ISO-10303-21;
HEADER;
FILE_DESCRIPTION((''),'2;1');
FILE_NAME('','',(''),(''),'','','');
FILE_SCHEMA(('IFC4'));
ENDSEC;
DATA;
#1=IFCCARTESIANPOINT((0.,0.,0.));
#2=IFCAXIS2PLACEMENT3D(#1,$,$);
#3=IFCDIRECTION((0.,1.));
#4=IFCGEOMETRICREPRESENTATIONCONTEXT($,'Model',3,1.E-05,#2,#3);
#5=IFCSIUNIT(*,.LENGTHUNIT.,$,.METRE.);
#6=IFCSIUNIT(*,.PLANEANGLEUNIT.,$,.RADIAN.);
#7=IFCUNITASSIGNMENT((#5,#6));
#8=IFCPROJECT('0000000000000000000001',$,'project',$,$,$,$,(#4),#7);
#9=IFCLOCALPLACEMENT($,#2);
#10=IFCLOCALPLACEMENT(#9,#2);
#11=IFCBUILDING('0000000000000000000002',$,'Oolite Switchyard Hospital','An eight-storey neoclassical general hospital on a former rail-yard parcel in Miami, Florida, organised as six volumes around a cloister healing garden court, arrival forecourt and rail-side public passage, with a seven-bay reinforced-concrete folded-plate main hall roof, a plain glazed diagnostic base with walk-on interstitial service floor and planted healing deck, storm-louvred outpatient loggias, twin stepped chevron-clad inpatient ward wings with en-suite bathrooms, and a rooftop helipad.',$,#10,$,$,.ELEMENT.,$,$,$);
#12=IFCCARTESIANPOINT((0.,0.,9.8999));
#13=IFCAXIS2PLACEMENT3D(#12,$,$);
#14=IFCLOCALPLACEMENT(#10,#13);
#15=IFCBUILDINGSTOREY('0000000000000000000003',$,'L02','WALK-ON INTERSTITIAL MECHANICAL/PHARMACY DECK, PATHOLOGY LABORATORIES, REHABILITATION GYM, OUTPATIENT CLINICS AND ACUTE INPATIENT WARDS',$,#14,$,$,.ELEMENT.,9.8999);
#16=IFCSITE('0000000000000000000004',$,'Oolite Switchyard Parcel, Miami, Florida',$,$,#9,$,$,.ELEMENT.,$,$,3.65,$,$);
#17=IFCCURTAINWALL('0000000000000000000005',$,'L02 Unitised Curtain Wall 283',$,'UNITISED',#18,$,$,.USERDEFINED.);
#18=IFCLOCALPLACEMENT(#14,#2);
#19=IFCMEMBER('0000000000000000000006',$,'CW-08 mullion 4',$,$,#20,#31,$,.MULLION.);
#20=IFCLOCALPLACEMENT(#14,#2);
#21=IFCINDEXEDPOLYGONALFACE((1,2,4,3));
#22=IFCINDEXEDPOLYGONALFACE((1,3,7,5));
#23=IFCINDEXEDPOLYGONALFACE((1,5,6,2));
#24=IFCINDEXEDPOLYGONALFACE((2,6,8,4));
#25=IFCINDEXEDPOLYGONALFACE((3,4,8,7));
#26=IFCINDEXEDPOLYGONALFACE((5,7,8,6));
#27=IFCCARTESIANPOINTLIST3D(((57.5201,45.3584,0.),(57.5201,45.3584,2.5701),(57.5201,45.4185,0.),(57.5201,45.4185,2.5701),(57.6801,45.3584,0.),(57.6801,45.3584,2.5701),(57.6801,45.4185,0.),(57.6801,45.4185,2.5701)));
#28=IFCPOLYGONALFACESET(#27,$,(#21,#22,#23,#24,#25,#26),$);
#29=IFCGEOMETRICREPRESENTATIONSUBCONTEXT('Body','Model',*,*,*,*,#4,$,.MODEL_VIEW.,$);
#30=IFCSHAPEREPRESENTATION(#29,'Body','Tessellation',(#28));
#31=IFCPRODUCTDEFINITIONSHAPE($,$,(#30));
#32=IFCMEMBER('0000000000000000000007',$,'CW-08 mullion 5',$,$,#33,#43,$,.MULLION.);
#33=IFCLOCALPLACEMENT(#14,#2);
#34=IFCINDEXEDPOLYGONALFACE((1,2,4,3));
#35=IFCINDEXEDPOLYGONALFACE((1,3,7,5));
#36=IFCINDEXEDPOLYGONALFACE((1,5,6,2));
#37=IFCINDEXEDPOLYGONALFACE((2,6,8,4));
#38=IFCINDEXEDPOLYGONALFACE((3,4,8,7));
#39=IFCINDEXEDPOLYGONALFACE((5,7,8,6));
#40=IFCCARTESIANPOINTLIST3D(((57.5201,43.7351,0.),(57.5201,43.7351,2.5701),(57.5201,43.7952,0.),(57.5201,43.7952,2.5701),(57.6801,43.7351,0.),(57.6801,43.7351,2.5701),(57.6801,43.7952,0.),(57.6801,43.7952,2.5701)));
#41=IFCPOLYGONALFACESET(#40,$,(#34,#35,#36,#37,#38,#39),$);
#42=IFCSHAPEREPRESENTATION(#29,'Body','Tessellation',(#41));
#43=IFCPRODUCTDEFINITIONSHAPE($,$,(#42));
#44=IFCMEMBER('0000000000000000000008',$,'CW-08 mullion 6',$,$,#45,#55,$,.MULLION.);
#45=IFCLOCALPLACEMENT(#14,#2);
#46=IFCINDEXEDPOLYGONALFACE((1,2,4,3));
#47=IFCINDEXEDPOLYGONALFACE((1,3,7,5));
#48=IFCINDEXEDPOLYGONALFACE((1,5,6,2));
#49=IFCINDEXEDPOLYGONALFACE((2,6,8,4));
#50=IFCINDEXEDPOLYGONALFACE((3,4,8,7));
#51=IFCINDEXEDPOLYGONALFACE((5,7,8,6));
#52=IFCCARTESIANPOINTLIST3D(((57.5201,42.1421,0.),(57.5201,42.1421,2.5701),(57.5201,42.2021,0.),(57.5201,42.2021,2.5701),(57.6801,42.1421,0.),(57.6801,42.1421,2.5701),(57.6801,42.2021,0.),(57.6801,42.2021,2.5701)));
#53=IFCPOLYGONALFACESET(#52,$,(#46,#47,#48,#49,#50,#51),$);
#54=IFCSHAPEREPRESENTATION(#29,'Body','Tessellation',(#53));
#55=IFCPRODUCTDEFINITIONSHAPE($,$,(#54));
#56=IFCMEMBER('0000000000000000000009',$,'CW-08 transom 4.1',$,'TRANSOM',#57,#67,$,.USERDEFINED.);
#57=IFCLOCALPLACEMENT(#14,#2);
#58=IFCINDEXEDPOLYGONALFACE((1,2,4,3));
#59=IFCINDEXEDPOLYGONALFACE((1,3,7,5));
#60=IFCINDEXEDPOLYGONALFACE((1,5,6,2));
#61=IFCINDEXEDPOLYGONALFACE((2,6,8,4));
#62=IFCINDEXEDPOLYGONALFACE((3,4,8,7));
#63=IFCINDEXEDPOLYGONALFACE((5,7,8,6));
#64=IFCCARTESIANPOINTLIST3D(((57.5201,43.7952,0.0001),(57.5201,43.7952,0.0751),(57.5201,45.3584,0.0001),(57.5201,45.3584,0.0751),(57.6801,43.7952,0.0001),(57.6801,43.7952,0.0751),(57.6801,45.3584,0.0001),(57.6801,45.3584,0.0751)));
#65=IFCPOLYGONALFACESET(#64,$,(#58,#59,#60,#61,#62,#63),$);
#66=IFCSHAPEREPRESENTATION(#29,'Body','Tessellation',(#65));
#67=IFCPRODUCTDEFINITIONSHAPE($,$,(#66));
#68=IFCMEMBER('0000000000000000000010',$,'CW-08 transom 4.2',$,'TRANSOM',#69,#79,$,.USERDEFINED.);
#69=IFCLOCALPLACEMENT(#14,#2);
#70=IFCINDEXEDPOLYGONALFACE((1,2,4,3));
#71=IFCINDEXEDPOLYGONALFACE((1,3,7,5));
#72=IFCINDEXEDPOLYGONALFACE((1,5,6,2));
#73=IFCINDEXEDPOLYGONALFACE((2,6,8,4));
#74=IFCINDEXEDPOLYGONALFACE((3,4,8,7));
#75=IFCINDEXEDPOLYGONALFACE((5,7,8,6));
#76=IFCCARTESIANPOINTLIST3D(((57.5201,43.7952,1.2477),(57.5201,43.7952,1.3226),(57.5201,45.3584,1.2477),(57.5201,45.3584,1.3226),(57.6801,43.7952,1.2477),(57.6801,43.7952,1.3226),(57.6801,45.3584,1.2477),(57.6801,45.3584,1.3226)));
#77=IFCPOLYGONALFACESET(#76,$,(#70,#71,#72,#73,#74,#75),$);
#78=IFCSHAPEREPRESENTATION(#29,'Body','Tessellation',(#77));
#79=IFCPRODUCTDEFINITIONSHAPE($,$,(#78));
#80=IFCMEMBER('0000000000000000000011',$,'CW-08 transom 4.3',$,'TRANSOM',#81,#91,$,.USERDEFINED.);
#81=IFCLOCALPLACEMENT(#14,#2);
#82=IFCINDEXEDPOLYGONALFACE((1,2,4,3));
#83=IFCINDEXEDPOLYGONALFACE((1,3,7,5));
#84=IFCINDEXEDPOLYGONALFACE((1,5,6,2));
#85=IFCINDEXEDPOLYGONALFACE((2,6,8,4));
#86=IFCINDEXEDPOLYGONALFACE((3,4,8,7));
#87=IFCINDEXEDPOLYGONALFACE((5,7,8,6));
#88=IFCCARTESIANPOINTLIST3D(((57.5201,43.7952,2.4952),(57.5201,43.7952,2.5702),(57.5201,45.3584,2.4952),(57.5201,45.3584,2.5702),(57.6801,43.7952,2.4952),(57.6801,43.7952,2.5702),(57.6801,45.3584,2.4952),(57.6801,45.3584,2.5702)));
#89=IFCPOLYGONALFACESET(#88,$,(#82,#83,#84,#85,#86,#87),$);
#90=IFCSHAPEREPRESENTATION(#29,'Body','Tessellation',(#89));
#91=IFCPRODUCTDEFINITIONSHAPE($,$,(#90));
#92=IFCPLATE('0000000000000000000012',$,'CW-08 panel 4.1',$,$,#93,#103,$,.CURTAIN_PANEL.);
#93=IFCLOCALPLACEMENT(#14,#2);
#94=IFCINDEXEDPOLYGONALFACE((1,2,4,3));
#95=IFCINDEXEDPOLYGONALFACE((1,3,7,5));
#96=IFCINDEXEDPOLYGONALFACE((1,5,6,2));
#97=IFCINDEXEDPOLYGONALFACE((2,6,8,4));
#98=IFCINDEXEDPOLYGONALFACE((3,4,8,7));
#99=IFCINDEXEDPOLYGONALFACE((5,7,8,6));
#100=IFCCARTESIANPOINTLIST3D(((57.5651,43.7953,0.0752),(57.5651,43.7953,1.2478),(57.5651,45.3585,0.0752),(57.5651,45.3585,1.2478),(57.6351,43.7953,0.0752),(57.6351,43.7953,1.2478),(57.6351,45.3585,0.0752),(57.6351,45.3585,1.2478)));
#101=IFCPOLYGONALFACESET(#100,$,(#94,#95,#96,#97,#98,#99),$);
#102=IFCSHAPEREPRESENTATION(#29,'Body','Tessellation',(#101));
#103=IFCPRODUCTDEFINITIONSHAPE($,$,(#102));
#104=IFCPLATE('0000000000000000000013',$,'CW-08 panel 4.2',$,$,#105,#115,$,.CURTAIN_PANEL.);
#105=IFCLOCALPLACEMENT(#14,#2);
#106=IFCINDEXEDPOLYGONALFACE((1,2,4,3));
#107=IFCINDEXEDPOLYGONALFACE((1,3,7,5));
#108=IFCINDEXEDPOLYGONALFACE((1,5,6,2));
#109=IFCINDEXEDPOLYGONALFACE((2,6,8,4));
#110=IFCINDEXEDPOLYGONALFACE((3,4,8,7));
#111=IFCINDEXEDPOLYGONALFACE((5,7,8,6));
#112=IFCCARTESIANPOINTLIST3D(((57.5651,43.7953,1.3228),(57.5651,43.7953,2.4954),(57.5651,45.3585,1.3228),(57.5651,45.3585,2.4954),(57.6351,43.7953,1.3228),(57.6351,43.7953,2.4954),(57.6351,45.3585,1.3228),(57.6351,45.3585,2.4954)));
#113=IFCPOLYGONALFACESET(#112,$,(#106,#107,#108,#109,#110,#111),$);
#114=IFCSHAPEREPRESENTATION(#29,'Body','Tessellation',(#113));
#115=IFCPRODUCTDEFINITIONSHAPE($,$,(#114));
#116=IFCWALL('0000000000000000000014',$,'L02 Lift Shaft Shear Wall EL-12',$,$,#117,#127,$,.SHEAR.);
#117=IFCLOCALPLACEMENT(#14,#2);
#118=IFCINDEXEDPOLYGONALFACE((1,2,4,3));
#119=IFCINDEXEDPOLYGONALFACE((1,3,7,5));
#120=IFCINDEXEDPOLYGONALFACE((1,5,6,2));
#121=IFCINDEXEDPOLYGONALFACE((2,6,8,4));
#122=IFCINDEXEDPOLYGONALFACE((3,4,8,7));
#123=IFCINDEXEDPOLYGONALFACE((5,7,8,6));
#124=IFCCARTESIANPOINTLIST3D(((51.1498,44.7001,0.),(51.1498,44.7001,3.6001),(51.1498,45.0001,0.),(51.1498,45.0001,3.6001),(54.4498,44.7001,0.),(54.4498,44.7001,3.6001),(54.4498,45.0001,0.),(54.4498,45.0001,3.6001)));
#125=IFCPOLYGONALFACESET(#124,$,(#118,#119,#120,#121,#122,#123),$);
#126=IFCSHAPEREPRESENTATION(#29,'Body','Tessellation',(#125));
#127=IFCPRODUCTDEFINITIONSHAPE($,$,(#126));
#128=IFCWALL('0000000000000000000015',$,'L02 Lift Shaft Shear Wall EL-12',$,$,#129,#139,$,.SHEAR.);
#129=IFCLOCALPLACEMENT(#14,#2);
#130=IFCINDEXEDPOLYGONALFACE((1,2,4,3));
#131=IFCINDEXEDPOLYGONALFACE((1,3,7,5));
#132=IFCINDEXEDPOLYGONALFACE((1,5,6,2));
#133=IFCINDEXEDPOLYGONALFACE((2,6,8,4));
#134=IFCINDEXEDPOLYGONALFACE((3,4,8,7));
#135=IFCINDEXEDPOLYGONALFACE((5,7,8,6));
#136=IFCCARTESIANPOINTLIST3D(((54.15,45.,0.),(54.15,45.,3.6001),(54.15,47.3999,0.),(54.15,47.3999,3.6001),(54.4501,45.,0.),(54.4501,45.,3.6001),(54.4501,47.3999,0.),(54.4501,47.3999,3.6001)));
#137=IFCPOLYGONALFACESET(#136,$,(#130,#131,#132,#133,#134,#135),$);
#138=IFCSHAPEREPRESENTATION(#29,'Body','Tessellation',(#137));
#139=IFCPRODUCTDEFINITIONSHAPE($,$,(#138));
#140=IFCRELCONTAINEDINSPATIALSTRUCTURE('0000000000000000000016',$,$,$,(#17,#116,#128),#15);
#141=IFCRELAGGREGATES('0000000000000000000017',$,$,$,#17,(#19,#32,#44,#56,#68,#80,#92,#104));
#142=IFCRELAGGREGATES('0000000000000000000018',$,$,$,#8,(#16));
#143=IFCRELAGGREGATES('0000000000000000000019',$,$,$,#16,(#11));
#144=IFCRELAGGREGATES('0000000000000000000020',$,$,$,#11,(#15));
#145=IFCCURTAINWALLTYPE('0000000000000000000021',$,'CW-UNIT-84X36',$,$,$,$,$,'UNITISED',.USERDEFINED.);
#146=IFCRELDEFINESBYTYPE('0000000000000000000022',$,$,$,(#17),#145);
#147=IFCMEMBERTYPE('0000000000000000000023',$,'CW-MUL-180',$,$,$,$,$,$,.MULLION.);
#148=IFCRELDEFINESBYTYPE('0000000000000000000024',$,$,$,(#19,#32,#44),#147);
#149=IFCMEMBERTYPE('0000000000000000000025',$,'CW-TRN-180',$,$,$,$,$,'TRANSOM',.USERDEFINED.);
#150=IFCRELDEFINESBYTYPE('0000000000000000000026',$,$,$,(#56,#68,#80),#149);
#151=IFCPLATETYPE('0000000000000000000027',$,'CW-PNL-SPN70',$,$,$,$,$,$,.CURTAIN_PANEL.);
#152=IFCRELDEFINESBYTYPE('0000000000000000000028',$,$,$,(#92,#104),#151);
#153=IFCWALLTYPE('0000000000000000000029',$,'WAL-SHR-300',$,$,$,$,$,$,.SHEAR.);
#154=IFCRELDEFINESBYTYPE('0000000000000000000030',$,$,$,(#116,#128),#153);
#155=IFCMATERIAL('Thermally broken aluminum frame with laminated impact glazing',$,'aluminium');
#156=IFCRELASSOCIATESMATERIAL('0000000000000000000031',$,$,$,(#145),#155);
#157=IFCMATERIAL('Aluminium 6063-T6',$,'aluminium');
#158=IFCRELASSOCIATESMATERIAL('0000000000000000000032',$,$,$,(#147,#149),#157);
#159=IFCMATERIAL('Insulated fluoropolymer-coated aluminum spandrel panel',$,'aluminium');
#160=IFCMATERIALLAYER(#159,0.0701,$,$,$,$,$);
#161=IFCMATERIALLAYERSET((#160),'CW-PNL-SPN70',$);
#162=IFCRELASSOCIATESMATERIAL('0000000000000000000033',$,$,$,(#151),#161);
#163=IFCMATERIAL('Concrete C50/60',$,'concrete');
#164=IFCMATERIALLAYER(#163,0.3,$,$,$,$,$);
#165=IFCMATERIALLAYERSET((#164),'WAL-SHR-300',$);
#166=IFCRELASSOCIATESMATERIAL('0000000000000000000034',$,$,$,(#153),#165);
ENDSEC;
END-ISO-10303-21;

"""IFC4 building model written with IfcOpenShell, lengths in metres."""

from ifc_helpers import new_model, si_unit, direction, frame, frame_2d, origin, origin_2d, place, context, subcontext, project, spatial, rectangle, extrude, material, layer, layer_set, material_profile, profile_set, type_object, element, aggregate, save


model = new_model("IFC4")

# Units and contexts
model_context = context("Model", 3, precision=1e-05, world=origin(), true_north=direction((0.0, 1.0)))
body_context = subcontext(model_context, "Body", "Model", "MODEL_VIEW")
ifc_project = project(units=[si_unit("LENGTHUNIT", "METRE"), si_unit("PLANEANGLEUNIT", "RADIAN")], contexts=[model_context])

# Site, building, storey
site_placement = place(None, origin())
site = spatial("IfcSite", under=ifc_project, at=site_placement, Name="Oolite Switchyard Parcel, Miami, Florida", CompositionType="ELEMENT", RefElevation=3.65)
building_placement = place(site_placement, origin())
building = spatial("IfcBuilding", under=site, at=building_placement, Name="Oolite Switchyard Hospital", Description="An eight-storey neoclassical general hospital on a former rail-yard parcel in Miami, Florida, organised as six volumes around a cloister healing garden court, arrival forecourt and rail-side public passage, with a seven-bay reinforced-concrete folded-plate main hall roof, a plain glazed diagnostic base with walk-on interstitial service floor and planted healing deck, storm-louvred outpatient loggias, twin stepped chevron-clad inpatient ward wings with en-suite bathrooms, and a rooftop helipad.", CompositionType="ELEMENT")
storey_placement = place(building_placement, frame((0.0, 0.0, 9.8999)))
storey = spatial("IfcBuildingStorey", under=building, at=storey_placement, Name="L02", Description="WALK-ON INTERSTITIAL MECHANICAL/PHARMACY DECK, PATHOLOGY LABORATORIES, REHABILITATION GYM, OUTPATIENT CLINICS AND ACUTE INPATIENT WARDS", CompositionType="ELEMENT", Elevation=9.8999)

# Shared definitions
ifc_material_1 = material(Name="Concrete C50/60", Category="concrete")

# Curtain wall, members, plates
ifc_material_2 = material(Name="Thermally broken aluminum frame with laminated impact glazing", Category="aluminium")
curtain_wall_type = type_object("IfcCurtainWallType", Name="CW-UNIT-84X36", ElementType="UNITISED", PredefinedType="USERDEFINED", material=ifc_material_2)
curtain_wall_placement = place(storey_placement, origin())
curtain_wall = element("IfcCurtainWall", 1, at=curtain_wall_placement, inside=storey, type_object=curtain_wall_type, Name="L02 Unitised Curtain Wall 283", ObjectType="UNITISED", PredefinedType="USERDEFINED")
ifc_material_3 = material(Name="Aluminium 6063-T6", Category="aluminium")
ifc_material_profile_1 = material_profile(ifc_material_3, rectangle(XDim=0.1599, YDim=0.0601, at=origin_2d()), Name="CWM60X160")
ifc_profile_set_1 = profile_set([ifc_material_profile_1], Name="Aluminium 6063-T6")
member_type_1 = type_object("IfcMemberType", Name="CW-MUL-180", PredefinedType="MULLION", material=ifc_profile_set_1)
member_1_placement = place(storey_placement, frame((57.6001, 45.3884, 0.0), z_axis=(0.0, 0.0, 1.0), x_axis=(1.0, 0.0, 0.0)))
member_1 = element("IfcMember", 2, at=member_1_placement, type_object=member_type_1, Name="CW-08 mullion 4", PredefinedType="MULLION", context=body_context, shape_type="SweptSolid", body=[
    extrude(rectangle(XDim=0.1599, YDim=0.0601, at=origin_2d()), origin(), (0.0, 0.0, 1.0), 2.5701),
])
member_2_placement = place(storey_placement, frame((57.6001, 43.7651, 0.0), z_axis=(0.0, 0.0, 1.0), x_axis=(1.0, 0.0, 0.0)))
member_2 = element("IfcMember", 3, at=member_2_placement, type_object=member_type_1, Name="CW-08 mullion 5", PredefinedType="MULLION", context=body_context, shape_type="SweptSolid", body=[
    extrude(rectangle(XDim=0.1599, YDim=0.0601, at=origin_2d()), origin(), (0.0, 0.0, 1.0), 2.5701),
])
member_3_placement = place(storey_placement, frame((57.6001, 42.1721, 0.0), z_axis=(0.0, 0.0, 1.0), x_axis=(1.0, 0.0, 0.0)))
member_3 = element("IfcMember", 4, at=member_3_placement, type_object=member_type_1, Name="CW-08 mullion 6", PredefinedType="MULLION", context=body_context, shape_type="SweptSolid", body=[
    extrude(rectangle(XDim=0.1599, YDim=0.0601, at=origin_2d()), origin(), (0.0, 0.0, 1.0), 2.5701),
])
ifc_material_profile_2 = material_profile(ifc_material_3, rectangle(XDim=0.1599, YDim=0.075, at=origin_2d()), Name="CWT75X160")
ifc_profile_set_2 = profile_set([ifc_material_profile_2], Name="Aluminium 6063-T6")
member_type_2 = type_object("IfcMemberType", Name="CW-TRN-180", ElementType="TRANSOM", PredefinedType="USERDEFINED", material=ifc_profile_set_2)
member_4_placement = place(storey_placement, frame((57.6001, 45.3584, 0.0376), z_axis=(0.0, -1.0, 0.0), x_axis=(1.0, 0.0, 0.0)))
member_4 = element("IfcMember", 5, at=member_4_placement, type_object=member_type_2, Name="CW-08 transom 4.1", ObjectType="TRANSOM", PredefinedType="USERDEFINED", context=body_context, shape_type="SweptSolid", body=[
    extrude(rectangle(XDim=0.1599, YDim=0.075, at=origin_2d()), origin(), (0.0, 0.0, 1.0), 1.5632),
])
member_5_placement = place(storey_placement, frame((57.6001, 45.3584, 1.2852), z_axis=(0.0, -1.0, 0.0), x_axis=(1.0, 0.0, 0.0)))
member_5 = element("IfcMember", 6, at=member_5_placement, type_object=member_type_2, Name="CW-08 transom 4.2", ObjectType="TRANSOM", PredefinedType="USERDEFINED", context=body_context, shape_type="SweptSolid", body=[
    extrude(rectangle(XDim=0.1599, YDim=0.075, at=origin_2d()), origin(), (0.0, 0.0, 1.0), 1.5632),
])
member_6_placement = place(storey_placement, frame((57.6001, 45.3584, 2.5327), z_axis=(0.0, -1.0, 0.0), x_axis=(1.0, 0.0, 0.0)))
member_6 = element("IfcMember", 7, at=member_6_placement, type_object=member_type_2, Name="CW-08 transom 4.3", ObjectType="TRANSOM", PredefinedType="USERDEFINED", context=body_context, shape_type="SweptSolid", body=[
    extrude(rectangle(XDim=0.1599, YDim=0.075, at=origin_2d()), origin(), (0.0, 0.0, 1.0), 1.5632),
])
ifc_material_4 = material(Name="Insulated fluoropolymer-coated aluminum spandrel panel", Category="aluminium")
ifc_layer_1 = layer(ifc_material_4, 0.0701)
ifc_layer_set_1 = layer_set([ifc_layer_1], Name="CW-PNL-SPN70")
plate_type = type_object("IfcPlateType", Name="CW-PNL-SPN70", PredefinedType="CURTAIN_PANEL", material=ifc_layer_set_1)
plate_1_placement = place(storey_placement, frame((57.6001, 44.5769, 0.0752), z_axis=(0.0, 0.0, 1.0), x_axis=(0.0, -1.0, 0.0)))
plate_1 = element("IfcPlate", 8, at=plate_1_placement, type_object=plate_type, Name="CW-08 panel 4.1", PredefinedType="CURTAIN_PANEL", context=body_context, shape_type="SweptSolid", body=[
    extrude(rectangle(XDim=1.5632, YDim=0.0701, at=origin_2d()), origin(), (0.0, 0.0, 1.0), 1.1726),
])
plate_2_placement = place(storey_placement, frame((57.6001, 44.5769, 1.3228), z_axis=(0.0, 0.0, 1.0), x_axis=(0.0, -1.0, 0.0)))
plate_2 = element("IfcPlate", 9, at=plate_2_placement, type_object=plate_type, Name="CW-08 panel 4.2", PredefinedType="CURTAIN_PANEL", context=body_context, shape_type="SweptSolid", body=[
    extrude(rectangle(XDim=1.5632, YDim=0.0701, at=origin_2d()), origin(), (0.0, 0.0, 1.0), 1.1726),
])
aggregate(curtain_wall, [member_1, member_2, member_3, member_4, member_5, member_6, plate_1, plate_2])

# Walls
ifc_layer_2 = layer(ifc_material_1, 0.3)
ifc_layer_set_2 = layer_set([ifc_layer_2], Name="WAL-SHR-300")
wall_type = type_object("IfcWallType", Name="WAL-SHR-300", PredefinedType="SHEAR", material=ifc_layer_set_2)
wall_1_placement = place(storey_placement, frame((51.1499, 44.8501, 0.0), z_axis=(0.0, 0.0, 1.0), x_axis=(1.0, 0.0, 0.0)))
element("IfcWall", 10, at=wall_1_placement, inside=storey, type_object=wall_type, Name="L02 Lift Shaft Shear Wall EL-12", PredefinedType="SHEAR", context=body_context, shape_type="SweptSolid", body=[
    extrude(rectangle(XDim=3.3, YDim=0.3, at=frame_2d((1.6499, 0.0))), origin(), (0.0, 0.0, 1.0), 3.6001),
])
wall_2_placement = place(storey_placement, frame((54.3, 45.0, 0.0), z_axis=(0.0, 0.0, 1.0), x_axis=(0.0, 1.0, 0.0)))
element("IfcWall", 11, at=wall_2_placement, inside=storey, type_object=wall_type, Name="L02 Lift Shaft Shear Wall EL-12", PredefinedType="SHEAR", context=body_context, shape_type="SweptSolid", body=[
    extrude(rectangle(XDim=2.3999, YDim=0.3, at=frame_2d((1.2, 0.0))), origin(), (0.0, 0.0, 1.0), 3.6001),
])

save(model, "model.ifc")
